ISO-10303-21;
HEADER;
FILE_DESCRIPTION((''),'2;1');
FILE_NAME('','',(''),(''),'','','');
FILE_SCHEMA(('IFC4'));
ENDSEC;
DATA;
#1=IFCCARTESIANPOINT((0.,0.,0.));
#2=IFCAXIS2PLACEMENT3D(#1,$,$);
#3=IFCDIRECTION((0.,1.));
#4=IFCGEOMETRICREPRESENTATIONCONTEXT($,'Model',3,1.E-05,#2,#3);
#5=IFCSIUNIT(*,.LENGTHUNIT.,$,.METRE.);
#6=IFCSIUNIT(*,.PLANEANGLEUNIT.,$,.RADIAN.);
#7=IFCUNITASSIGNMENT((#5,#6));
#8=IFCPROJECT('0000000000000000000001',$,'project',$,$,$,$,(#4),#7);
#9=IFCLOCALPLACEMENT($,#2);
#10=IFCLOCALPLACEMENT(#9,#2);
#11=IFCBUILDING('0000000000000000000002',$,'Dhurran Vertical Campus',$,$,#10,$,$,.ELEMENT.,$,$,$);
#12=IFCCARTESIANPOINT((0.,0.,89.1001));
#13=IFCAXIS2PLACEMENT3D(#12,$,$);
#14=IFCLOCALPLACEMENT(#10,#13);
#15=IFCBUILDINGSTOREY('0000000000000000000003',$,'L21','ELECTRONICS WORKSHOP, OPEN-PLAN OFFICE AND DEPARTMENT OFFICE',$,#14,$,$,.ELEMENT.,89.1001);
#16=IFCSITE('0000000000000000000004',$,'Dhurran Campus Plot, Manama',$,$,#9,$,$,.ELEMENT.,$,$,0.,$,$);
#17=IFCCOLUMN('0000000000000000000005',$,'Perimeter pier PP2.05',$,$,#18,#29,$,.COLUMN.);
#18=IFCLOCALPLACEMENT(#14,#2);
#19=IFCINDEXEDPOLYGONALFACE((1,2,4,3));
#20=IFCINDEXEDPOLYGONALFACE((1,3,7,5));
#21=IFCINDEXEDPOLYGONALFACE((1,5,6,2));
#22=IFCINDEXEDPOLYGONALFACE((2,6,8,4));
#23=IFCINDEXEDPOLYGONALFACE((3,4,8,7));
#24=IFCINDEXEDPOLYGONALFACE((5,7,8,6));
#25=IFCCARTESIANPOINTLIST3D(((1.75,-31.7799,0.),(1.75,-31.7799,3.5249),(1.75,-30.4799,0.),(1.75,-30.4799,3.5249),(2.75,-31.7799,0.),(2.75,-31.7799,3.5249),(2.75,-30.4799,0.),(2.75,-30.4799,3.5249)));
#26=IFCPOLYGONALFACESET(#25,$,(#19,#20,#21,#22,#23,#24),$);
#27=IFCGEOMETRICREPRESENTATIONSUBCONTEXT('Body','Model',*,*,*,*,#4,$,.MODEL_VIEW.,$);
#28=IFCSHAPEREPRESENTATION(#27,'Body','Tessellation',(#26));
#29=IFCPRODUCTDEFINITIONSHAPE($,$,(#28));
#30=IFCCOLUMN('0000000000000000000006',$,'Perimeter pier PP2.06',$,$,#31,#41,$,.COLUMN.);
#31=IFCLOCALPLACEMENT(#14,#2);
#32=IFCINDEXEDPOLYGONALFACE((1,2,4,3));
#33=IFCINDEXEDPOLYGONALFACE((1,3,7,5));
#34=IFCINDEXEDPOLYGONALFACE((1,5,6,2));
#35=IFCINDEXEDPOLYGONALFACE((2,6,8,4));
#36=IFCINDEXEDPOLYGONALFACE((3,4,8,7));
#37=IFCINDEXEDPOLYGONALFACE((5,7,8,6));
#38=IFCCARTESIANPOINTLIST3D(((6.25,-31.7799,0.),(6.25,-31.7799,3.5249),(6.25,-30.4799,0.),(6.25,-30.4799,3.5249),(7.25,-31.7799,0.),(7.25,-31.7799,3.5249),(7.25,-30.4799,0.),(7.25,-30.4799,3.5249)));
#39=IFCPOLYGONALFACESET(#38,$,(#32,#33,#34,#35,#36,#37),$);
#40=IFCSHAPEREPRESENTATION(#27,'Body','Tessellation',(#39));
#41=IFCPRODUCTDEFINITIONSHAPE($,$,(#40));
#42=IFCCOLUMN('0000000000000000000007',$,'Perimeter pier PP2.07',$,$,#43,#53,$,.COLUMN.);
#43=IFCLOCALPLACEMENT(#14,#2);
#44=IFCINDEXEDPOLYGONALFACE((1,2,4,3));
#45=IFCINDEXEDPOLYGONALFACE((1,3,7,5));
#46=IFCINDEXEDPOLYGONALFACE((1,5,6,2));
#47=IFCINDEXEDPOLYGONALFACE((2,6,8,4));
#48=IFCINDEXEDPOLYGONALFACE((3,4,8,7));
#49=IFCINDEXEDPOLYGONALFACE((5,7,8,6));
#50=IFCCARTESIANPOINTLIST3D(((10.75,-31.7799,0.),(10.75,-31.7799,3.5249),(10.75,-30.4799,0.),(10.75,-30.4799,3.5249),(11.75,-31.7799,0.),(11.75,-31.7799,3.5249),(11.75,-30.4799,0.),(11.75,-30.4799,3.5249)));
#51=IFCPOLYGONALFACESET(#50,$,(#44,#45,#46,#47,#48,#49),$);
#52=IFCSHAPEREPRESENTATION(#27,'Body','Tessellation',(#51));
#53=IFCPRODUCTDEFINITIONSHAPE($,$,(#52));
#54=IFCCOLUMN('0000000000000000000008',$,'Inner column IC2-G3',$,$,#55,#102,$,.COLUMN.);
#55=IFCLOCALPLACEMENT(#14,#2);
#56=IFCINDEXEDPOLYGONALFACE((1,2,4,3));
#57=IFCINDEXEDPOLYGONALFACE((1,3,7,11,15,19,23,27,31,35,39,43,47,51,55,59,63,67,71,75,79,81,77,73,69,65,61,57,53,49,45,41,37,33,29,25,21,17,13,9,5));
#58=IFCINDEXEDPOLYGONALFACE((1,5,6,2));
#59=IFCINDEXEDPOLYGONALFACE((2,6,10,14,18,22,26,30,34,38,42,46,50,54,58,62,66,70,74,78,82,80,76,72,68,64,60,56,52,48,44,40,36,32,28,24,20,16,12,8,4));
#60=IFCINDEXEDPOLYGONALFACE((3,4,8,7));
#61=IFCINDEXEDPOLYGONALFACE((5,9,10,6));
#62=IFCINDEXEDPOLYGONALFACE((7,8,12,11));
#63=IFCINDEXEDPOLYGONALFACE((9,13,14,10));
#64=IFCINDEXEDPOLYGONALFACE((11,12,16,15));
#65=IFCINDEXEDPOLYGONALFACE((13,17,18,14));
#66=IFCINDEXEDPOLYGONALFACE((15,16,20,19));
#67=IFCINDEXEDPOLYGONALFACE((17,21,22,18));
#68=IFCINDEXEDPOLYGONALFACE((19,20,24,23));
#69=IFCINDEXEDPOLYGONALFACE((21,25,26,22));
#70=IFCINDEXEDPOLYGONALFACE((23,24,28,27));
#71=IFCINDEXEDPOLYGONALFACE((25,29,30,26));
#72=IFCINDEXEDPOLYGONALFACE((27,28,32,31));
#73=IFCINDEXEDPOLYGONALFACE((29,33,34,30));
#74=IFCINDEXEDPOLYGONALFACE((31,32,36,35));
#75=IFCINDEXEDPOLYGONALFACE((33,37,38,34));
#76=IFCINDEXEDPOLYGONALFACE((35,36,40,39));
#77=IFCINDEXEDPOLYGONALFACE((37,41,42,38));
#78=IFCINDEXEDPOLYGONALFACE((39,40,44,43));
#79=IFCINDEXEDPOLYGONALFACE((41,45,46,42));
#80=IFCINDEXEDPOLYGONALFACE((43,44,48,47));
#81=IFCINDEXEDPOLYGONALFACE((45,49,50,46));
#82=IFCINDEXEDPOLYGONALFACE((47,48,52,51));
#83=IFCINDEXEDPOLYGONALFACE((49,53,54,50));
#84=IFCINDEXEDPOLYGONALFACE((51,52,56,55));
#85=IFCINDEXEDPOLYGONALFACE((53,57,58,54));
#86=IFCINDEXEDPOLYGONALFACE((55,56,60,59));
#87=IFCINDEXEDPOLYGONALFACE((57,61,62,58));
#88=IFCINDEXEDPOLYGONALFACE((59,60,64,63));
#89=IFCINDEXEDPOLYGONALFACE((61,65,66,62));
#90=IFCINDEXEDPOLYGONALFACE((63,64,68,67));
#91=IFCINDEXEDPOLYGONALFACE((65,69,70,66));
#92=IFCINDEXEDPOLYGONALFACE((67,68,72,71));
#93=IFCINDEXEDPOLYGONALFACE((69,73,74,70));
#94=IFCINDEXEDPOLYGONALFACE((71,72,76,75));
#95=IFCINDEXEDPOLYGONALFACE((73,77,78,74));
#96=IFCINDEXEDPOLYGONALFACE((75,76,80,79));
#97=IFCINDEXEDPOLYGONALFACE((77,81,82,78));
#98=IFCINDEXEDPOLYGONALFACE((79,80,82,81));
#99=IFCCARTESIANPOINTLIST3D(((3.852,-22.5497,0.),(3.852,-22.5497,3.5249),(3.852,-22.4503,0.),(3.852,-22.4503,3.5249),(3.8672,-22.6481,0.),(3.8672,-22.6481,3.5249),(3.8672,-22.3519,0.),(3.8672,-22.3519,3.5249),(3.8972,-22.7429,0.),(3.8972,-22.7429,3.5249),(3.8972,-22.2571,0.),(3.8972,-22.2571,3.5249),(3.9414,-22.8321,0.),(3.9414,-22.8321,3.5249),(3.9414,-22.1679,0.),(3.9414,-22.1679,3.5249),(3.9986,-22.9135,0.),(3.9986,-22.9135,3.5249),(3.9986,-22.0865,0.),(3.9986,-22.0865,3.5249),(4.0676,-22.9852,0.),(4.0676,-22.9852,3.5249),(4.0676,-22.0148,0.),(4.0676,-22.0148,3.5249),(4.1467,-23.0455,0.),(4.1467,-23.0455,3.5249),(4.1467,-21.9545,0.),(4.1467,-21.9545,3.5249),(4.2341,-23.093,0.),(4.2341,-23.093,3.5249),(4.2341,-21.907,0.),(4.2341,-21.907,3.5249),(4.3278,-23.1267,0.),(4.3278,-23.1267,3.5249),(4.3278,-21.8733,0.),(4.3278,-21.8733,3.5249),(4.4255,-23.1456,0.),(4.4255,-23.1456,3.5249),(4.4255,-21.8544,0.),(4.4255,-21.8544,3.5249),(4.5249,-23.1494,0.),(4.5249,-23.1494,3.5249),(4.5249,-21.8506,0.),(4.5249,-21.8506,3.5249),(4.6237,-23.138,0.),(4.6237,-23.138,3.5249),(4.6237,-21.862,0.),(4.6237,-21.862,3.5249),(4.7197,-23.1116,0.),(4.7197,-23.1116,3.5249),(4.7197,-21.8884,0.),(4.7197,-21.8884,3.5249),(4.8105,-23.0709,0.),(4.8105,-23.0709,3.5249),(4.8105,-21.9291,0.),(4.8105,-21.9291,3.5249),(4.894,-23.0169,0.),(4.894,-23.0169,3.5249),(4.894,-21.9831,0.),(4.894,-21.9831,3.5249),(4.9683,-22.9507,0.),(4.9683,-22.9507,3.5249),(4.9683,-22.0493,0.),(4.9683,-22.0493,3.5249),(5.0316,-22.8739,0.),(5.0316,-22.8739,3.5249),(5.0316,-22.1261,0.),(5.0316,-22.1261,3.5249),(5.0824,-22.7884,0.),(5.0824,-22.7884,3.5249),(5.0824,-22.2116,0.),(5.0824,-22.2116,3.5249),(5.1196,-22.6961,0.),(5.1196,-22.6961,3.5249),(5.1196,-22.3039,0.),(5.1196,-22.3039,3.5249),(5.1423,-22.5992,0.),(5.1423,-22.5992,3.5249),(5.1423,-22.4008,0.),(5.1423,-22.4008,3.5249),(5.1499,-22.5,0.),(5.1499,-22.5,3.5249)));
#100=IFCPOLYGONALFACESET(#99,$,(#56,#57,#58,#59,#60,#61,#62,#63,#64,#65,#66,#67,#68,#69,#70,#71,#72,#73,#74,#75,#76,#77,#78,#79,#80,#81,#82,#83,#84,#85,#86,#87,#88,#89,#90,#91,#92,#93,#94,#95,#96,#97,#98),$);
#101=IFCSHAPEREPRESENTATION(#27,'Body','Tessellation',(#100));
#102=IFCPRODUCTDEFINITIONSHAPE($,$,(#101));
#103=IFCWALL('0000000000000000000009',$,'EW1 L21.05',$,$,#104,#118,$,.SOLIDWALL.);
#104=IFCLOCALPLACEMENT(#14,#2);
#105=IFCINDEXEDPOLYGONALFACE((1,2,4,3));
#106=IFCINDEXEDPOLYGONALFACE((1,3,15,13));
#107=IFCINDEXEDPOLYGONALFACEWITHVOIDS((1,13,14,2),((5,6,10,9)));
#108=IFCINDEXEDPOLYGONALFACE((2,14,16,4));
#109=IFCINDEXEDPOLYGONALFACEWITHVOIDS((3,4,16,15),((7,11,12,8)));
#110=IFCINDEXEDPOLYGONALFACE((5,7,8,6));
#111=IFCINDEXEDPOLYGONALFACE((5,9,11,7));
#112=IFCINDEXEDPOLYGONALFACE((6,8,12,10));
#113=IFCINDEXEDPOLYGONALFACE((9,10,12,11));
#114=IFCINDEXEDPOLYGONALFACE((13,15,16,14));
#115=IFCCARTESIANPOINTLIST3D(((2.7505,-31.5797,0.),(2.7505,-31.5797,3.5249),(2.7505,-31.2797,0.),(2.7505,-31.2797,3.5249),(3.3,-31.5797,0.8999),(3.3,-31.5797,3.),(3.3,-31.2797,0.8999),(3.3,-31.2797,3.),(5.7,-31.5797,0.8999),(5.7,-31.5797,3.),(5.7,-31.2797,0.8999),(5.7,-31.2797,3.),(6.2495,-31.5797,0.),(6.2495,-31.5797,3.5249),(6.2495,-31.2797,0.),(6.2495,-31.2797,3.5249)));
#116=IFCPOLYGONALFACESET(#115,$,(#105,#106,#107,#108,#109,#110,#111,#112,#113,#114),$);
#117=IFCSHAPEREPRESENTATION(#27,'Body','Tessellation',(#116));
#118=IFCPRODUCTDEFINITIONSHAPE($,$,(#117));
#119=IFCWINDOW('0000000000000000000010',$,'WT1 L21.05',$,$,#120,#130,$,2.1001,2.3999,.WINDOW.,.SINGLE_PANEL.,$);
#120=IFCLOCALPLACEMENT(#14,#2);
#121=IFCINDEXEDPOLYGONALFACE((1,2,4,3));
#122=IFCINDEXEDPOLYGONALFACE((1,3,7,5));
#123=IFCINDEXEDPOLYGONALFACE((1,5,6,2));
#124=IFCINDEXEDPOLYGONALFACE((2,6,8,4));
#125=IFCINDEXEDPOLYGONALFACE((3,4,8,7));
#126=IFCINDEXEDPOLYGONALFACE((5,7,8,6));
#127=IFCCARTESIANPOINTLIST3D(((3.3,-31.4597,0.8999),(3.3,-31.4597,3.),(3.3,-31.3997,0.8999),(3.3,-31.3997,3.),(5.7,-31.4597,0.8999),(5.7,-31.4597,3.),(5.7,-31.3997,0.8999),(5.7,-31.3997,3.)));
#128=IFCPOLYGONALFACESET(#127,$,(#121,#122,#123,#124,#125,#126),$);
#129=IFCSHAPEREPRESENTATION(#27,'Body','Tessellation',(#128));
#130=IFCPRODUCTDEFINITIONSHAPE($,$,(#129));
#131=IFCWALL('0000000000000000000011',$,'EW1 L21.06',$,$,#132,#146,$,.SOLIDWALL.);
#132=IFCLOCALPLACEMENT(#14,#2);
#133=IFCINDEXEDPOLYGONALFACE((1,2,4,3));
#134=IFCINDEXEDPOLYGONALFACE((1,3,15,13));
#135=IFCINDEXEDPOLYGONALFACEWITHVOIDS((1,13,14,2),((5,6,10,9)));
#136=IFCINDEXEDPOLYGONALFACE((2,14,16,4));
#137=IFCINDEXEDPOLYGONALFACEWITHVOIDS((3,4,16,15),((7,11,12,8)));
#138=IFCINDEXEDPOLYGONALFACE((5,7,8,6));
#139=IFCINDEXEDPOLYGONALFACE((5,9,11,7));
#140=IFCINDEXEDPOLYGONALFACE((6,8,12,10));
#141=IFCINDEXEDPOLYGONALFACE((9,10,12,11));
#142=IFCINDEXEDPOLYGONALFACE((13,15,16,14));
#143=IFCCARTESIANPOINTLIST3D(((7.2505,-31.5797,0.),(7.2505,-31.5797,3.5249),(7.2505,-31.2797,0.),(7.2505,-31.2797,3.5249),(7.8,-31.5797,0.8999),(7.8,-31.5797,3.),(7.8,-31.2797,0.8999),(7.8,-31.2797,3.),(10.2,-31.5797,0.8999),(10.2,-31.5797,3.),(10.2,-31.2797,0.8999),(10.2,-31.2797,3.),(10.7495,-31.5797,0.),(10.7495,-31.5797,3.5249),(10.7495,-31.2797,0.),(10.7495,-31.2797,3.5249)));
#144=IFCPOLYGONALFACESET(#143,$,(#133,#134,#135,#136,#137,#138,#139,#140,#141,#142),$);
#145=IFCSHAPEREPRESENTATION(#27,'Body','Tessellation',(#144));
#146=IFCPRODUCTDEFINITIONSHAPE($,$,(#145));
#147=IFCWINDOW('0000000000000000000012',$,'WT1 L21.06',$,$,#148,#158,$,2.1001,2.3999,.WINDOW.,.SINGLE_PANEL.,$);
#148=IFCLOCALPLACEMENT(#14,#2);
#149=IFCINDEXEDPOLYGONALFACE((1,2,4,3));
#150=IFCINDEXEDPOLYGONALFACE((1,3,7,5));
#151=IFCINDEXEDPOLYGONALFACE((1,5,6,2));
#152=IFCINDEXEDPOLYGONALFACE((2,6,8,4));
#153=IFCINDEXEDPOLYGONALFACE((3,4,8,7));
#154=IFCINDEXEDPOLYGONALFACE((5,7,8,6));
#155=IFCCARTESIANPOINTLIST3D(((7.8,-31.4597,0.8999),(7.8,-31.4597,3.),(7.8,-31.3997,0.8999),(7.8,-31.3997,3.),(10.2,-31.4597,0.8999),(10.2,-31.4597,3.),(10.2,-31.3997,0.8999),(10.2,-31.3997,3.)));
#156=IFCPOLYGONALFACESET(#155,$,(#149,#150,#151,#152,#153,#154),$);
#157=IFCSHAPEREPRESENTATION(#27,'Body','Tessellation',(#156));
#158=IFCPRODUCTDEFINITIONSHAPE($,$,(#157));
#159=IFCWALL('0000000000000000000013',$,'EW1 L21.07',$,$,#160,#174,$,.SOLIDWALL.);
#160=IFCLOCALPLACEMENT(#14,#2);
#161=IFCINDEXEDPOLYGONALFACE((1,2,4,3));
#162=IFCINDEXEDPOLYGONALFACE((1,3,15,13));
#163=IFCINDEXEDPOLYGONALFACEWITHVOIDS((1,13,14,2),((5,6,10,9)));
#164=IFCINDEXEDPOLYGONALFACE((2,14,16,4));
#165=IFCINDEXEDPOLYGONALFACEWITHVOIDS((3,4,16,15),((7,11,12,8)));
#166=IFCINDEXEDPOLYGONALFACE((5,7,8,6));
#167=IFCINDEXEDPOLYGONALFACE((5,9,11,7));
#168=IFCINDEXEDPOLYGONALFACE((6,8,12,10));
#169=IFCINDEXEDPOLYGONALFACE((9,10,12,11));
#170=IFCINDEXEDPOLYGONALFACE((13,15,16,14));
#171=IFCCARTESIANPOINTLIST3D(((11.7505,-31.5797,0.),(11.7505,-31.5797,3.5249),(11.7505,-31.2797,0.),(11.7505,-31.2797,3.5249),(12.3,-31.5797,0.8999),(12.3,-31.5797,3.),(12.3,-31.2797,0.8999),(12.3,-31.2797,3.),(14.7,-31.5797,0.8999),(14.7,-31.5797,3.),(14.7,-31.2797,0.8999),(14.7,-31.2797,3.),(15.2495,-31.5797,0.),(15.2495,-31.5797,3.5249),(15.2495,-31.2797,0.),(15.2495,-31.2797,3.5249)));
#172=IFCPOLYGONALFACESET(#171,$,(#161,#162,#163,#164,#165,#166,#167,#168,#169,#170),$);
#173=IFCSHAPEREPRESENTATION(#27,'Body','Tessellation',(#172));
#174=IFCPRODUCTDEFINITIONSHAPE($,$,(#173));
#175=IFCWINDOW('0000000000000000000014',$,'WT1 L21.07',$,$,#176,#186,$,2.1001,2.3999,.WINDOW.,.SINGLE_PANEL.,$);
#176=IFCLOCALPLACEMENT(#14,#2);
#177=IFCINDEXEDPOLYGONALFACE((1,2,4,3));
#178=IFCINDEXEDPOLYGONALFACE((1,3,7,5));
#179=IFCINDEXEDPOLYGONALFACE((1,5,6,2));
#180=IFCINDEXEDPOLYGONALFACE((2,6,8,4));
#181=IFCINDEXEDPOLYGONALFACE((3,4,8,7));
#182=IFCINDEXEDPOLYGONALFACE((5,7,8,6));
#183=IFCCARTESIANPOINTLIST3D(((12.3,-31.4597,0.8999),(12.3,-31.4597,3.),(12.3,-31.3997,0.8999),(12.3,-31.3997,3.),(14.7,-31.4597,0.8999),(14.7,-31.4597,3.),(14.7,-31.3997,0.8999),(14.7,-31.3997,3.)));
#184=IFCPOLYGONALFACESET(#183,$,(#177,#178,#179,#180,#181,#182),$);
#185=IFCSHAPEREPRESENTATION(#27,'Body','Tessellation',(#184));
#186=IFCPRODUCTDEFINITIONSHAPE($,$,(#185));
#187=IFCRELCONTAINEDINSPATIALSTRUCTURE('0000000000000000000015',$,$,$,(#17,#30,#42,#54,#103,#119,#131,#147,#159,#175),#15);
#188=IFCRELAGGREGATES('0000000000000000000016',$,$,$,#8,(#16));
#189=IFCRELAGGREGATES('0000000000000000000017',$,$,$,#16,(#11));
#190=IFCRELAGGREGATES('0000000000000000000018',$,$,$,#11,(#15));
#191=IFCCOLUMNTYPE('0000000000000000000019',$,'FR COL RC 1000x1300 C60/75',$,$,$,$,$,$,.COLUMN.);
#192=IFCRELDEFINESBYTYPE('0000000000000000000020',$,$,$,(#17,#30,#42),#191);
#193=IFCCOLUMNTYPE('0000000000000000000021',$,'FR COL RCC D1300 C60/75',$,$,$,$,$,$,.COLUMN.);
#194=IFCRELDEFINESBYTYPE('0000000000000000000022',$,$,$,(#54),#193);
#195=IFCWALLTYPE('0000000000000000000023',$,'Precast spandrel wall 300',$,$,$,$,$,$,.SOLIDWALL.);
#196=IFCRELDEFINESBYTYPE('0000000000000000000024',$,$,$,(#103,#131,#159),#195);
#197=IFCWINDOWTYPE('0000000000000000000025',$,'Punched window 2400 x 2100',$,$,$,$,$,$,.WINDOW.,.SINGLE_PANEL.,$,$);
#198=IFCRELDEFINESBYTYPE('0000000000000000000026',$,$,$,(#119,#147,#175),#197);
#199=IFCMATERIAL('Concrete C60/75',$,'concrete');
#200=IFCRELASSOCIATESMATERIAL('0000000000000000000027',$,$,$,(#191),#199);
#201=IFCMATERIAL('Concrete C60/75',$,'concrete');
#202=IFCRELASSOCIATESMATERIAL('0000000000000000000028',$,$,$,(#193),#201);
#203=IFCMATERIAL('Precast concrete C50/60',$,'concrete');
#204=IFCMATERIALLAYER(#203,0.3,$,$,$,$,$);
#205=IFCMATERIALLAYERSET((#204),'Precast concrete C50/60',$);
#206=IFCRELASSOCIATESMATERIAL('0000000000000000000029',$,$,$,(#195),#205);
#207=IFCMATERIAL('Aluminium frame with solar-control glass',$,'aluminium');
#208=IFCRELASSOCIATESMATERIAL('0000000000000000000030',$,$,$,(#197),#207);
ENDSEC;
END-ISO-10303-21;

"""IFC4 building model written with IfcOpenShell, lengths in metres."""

from ifc_helpers import new_model, si_unit, direction, frame, frame_2d, origin, origin_2d, place, context, subcontext, project, spatial, rectangle, circle, extrude, material, layer, layer_set, material_profile, profile_set, type_object, element, fill, save


model = new_model("IFC4")

# Units and contexts
model_context = context("Model", 3, precision=1e-05, world=origin(), true_north=direction((0.0, 1.0)))
body_context = subcontext(model_context, "Body", "Model", "MODEL_VIEW")
ifc_project = project(units=[si_unit("LENGTHUNIT", "METRE"), si_unit("PLANEANGLEUNIT", "RADIAN")], contexts=[model_context])

# Site, building, storey
site_placement = place(None, origin())
site = spatial("IfcSite", under=ifc_project, at=site_placement, Name="Dhurran Campus Plot, Manama", CompositionType="ELEMENT", RefElevation=0.0)
building_placement = place(site_placement, origin())
building = spatial("IfcBuilding", under=site, at=building_placement, Name="Dhurran Vertical Campus", CompositionType="ELEMENT")
storey_placement = place(building_placement, frame((0.0, 0.0, 89.1001)))
storey = spatial("IfcBuildingStorey", under=building, at=storey_placement, Name="L21", Description="ELECTRONICS WORKSHOP, OPEN-PLAN OFFICE AND DEPARTMENT OFFICE", CompositionType="ELEMENT", Elevation=89.1001)

# Columns
ifc_material_1 = material(Name="Concrete C60/75", Category="concrete")
ifc_material_profile_1 = material_profile(ifc_material_1, rectangle(XDim=1.0, YDim=1.3, at=origin_2d()), Name="RC 1000x1300")
ifc_profile_set_1 = profile_set([ifc_material_profile_1], Name="Concrete C60/75")
column_type_1 = type_object("IfcColumnType", Name="FR COL RC 1000x1300 C60/75", PredefinedType="COLUMN", material=ifc_profile_set_1)
for number, where, z_axis, x_axis, name in (
    (1, (2.25, -31.1299, 0.0), (0.0, 0.0, 1.0), (1.0, 0.0, 0.0), "Perimeter pier PP2.05"),
    (2, (6.75, -31.1299, 0.0), (0.0, 0.0, 1.0), (1.0, 0.0, 0.0), "Perimeter pier PP2.06"),
    (3, (11.25, -31.1299, 0.0), (0.0, 0.0, 1.0), (1.0, 0.0, 0.0), "Perimeter pier PP2.07"),
):
    element("IfcColumn", number, at=place(storey_placement, frame(where, z_axis=z_axis, x_axis=x_axis)), inside=storey, type_object=column_type_1, Name=name, PredefinedType="COLUMN", context=body_context, shape_type="SweptSolid", body=[
        extrude(rectangle(XDim=1.0, YDim=1.3, at=origin_2d()), origin(), (0.0, 0.0, 1.0), 3.5249),
    ])
ifc_material_2 = material(Name="Concrete C60/75", Category="concrete")
ifc_material_profile_2 = material_profile(ifc_material_2, circle(Radius=0.6499, at=origin_2d()), Name="RCC D1300")
ifc_profile_set_2 = profile_set([ifc_material_profile_2], Name="Concrete C60/75")
column_type_2 = type_object("IfcColumnType", Name="FR COL RCC D1300 C60/75", PredefinedType="COLUMN", material=ifc_profile_set_2)
column_placement = place(storey_placement, frame((4.5, -22.5, 0.0), z_axis=(0.0, 0.0, 1.0), x_axis=(1.0, 0.0, 0.0)))
element("IfcColumn", 4, at=column_placement, inside=storey, type_object=column_type_2, Name="Inner column IC2-G3", PredefinedType="COLUMN", context=body_context, shape_type="SweptSolid", body=[
    extrude(circle(Radius=0.6499, at=origin_2d()), origin(), (0.0, 0.0, 1.0), 3.5249),
])

# Walls, openings, windows
ifc_material_3 = material(Name="Precast concrete C50/60", Category="concrete")
ifc_layer_1 = layer(ifc_material_3, 0.3)
ifc_layer_set_1 = layer_set([ifc_layer_1], Name="Precast concrete C50/60")
wall_type_1 = type_object("IfcWallType", Name="Precast spandrel wall 300", PredefinedType="SOLIDWALL", material=ifc_layer_set_1)
wall_1_placement = place(storey_placement, frame((2.7505, -31.4297, 0.0), z_axis=(0.0, 0.0, 1.0), x_axis=(1.0, 0.0, 0.0)))
wall_1 = element("IfcWall", 5, at=wall_1_placement, inside=storey, type_object=wall_type_1, Name="EW1 L21.05", PredefinedType="SOLIDWALL", context=body_context, shape_type="SweptSolid", body=[
    extrude(rectangle(XDim=3.499, YDim=0.3, at=frame_2d((1.7495, 0.0))), origin(), (0.0, 0.0, 1.0), 3.5249),
])
opening_1_placement = place(wall_1_placement, frame((0.5496, 0.0, 0.8999)))
opening_1 = element("IfcOpeningElement", 6, at=opening_1_placement, cuts=wall_1, PredefinedType="OPENING", context=body_context, shape_type="SweptSolid", body=[
    extrude(rectangle(XDim=2.3999, YDim=2.1001, at=frame_2d((1.2, 1.05))), frame((0.0, 0.1599, 0.0), z_axis=(0.0, -1.0, 0.0), x_axis=(1.0, 0.0, 0.0)), (0.0, 0.0, 1.0), 0.3201),
])
ifc_material_4 = material(Name="Aluminium frame with solar-control glass", Category="aluminium")
window_type = type_object("IfcWindowType", Name="Punched window 2400 x 2100", PartitioningType="SINGLE_PANEL", PredefinedType="WINDOW", material=ifc_material_4)
window_1_placement = place(opening_1_placement, origin())
window_1 = element("IfcWindow", 7, at=window_1_placement, inside=storey, type_object=window_type, Name="WT1 L21.05", OverallHeight=2.1001, OverallWidth=2.3999, PartitioningType="SINGLE_PANEL", PredefinedType="WINDOW", context=body_context, shape_type="SweptSolid", body=[
    extrude(rectangle(XDim=2.3999, YDim=2.1001, at=frame_2d((1.2, 1.05))), frame((0.0, 0.03, 0.0), z_axis=(0.0, -1.0, 0.0), x_axis=(1.0, 0.0, 0.0)), (0.0, 0.0, 1.0), 0.0601),
])
fill(opening_1, window_1)
wall_2_placement = place(storey_placement, frame((7.2505, -31.4297, 0.0), z_axis=(0.0, 0.0, 1.0), x_axis=(1.0, 0.0, 0.0)))
wall_2 = element("IfcWall", 8, at=wall_2_placement, inside=storey, type_object=wall_type_1, Name="EW1 L21.06", PredefinedType="SOLIDWALL", context=body_context, shape_type="SweptSolid", body=[
    extrude(rectangle(XDim=3.499, YDim=0.3, at=frame_2d((1.7495, 0.0))), origin(), (0.0, 0.0, 1.0), 3.5249),
])
opening_2_placement = place(wall_2_placement, frame((0.5496, 0.0, 0.8999)))
opening_2 = element("IfcOpeningElement", 9, at=opening_2_placement, cuts=wall_2, PredefinedType="OPENING", context=body_context, shape_type="SweptSolid", body=[
    extrude(rectangle(XDim=2.3999, YDim=2.1001, at=frame_2d((1.2, 1.05))), frame((0.0, 0.1599, 0.0), z_axis=(0.0, -1.0, 0.0), x_axis=(1.0, 0.0, 0.0)), (0.0, 0.0, 1.0), 0.3201),
])
window_2_placement = place(opening_2_placement, origin())
window_2 = element("IfcWindow", 10, at=window_2_placement, inside=storey, type_object=window_type, Name="WT1 L21.06", OverallHeight=2.1001, OverallWidth=2.3999, PartitioningType="SINGLE_PANEL", PredefinedType="WINDOW", context=body_context, shape_type="SweptSolid", body=[
    extrude(rectangle(XDim=2.3999, YDim=2.1001, at=frame_2d((1.2, 1.05))), frame((0.0, 0.03, 0.0), z_axis=(0.0, -1.0, 0.0), x_axis=(1.0, 0.0, 0.0)), (0.0, 0.0, 1.0), 0.0601),
])
fill(opening_2, window_2)
wall_3_placement = place(storey_placement, frame((11.7505, -31.4297, 0.0), z_axis=(0.0, 0.0, 1.0), x_axis=(1.0, 0.0, 0.0)))
wall_3 = element("IfcWall", 11, at=wall_3_placement, inside=storey, type_object=wall_type_1, Name="EW1 L21.07", PredefinedType="SOLIDWALL", context=body_context, shape_type="SweptSolid", body=[
    extrude(rectangle(XDim=3.499, YDim=0.3, at=frame_2d((1.7495, 0.0))), origin(), (0.0, 0.0, 1.0), 3.5249),
])
opening_3_placement = place(wall_3_placement, frame((0.5496, 0.0, 0.8999)))
opening_3 = element("IfcOpeningElement", 12, at=opening_3_placement, cuts=wall_3, PredefinedType="OPENING", context=body_context, shape_type="SweptSolid", body=[
    extrude(rectangle(XDim=2.3999, YDim=2.1001, at=frame_2d((1.2, 1.05))), frame((0.0, 0.1599, 0.0), z_axis=(0.0, -1.0, 0.0), x_axis=(1.0, 0.0, 0.0)), (0.0, 0.0, 1.0), 0.3201),
])
window_3_placement = place(opening_3_placement, origin())
window_3 = element("IfcWindow", 13, at=window_3_placement, inside=storey, type_object=window_type, Name="WT1 L21.07", OverallHeight=2.1001, OverallWidth=2.3999, PartitioningType="SINGLE_PANEL", PredefinedType="WINDOW", context=body_context, shape_type="SweptSolid", body=[
    extrude(rectangle(XDim=2.3999, YDim=2.1001, at=frame_2d((1.2, 1.05))), frame((0.0, 0.03, 0.0), z_axis=(0.0, -1.0, 0.0), x_axis=(1.0, 0.0, 0.0)), (0.0, 0.0, 1.0), 0.0601),
])
fill(opening_3, window_3)

save(model, "model.ifc")
